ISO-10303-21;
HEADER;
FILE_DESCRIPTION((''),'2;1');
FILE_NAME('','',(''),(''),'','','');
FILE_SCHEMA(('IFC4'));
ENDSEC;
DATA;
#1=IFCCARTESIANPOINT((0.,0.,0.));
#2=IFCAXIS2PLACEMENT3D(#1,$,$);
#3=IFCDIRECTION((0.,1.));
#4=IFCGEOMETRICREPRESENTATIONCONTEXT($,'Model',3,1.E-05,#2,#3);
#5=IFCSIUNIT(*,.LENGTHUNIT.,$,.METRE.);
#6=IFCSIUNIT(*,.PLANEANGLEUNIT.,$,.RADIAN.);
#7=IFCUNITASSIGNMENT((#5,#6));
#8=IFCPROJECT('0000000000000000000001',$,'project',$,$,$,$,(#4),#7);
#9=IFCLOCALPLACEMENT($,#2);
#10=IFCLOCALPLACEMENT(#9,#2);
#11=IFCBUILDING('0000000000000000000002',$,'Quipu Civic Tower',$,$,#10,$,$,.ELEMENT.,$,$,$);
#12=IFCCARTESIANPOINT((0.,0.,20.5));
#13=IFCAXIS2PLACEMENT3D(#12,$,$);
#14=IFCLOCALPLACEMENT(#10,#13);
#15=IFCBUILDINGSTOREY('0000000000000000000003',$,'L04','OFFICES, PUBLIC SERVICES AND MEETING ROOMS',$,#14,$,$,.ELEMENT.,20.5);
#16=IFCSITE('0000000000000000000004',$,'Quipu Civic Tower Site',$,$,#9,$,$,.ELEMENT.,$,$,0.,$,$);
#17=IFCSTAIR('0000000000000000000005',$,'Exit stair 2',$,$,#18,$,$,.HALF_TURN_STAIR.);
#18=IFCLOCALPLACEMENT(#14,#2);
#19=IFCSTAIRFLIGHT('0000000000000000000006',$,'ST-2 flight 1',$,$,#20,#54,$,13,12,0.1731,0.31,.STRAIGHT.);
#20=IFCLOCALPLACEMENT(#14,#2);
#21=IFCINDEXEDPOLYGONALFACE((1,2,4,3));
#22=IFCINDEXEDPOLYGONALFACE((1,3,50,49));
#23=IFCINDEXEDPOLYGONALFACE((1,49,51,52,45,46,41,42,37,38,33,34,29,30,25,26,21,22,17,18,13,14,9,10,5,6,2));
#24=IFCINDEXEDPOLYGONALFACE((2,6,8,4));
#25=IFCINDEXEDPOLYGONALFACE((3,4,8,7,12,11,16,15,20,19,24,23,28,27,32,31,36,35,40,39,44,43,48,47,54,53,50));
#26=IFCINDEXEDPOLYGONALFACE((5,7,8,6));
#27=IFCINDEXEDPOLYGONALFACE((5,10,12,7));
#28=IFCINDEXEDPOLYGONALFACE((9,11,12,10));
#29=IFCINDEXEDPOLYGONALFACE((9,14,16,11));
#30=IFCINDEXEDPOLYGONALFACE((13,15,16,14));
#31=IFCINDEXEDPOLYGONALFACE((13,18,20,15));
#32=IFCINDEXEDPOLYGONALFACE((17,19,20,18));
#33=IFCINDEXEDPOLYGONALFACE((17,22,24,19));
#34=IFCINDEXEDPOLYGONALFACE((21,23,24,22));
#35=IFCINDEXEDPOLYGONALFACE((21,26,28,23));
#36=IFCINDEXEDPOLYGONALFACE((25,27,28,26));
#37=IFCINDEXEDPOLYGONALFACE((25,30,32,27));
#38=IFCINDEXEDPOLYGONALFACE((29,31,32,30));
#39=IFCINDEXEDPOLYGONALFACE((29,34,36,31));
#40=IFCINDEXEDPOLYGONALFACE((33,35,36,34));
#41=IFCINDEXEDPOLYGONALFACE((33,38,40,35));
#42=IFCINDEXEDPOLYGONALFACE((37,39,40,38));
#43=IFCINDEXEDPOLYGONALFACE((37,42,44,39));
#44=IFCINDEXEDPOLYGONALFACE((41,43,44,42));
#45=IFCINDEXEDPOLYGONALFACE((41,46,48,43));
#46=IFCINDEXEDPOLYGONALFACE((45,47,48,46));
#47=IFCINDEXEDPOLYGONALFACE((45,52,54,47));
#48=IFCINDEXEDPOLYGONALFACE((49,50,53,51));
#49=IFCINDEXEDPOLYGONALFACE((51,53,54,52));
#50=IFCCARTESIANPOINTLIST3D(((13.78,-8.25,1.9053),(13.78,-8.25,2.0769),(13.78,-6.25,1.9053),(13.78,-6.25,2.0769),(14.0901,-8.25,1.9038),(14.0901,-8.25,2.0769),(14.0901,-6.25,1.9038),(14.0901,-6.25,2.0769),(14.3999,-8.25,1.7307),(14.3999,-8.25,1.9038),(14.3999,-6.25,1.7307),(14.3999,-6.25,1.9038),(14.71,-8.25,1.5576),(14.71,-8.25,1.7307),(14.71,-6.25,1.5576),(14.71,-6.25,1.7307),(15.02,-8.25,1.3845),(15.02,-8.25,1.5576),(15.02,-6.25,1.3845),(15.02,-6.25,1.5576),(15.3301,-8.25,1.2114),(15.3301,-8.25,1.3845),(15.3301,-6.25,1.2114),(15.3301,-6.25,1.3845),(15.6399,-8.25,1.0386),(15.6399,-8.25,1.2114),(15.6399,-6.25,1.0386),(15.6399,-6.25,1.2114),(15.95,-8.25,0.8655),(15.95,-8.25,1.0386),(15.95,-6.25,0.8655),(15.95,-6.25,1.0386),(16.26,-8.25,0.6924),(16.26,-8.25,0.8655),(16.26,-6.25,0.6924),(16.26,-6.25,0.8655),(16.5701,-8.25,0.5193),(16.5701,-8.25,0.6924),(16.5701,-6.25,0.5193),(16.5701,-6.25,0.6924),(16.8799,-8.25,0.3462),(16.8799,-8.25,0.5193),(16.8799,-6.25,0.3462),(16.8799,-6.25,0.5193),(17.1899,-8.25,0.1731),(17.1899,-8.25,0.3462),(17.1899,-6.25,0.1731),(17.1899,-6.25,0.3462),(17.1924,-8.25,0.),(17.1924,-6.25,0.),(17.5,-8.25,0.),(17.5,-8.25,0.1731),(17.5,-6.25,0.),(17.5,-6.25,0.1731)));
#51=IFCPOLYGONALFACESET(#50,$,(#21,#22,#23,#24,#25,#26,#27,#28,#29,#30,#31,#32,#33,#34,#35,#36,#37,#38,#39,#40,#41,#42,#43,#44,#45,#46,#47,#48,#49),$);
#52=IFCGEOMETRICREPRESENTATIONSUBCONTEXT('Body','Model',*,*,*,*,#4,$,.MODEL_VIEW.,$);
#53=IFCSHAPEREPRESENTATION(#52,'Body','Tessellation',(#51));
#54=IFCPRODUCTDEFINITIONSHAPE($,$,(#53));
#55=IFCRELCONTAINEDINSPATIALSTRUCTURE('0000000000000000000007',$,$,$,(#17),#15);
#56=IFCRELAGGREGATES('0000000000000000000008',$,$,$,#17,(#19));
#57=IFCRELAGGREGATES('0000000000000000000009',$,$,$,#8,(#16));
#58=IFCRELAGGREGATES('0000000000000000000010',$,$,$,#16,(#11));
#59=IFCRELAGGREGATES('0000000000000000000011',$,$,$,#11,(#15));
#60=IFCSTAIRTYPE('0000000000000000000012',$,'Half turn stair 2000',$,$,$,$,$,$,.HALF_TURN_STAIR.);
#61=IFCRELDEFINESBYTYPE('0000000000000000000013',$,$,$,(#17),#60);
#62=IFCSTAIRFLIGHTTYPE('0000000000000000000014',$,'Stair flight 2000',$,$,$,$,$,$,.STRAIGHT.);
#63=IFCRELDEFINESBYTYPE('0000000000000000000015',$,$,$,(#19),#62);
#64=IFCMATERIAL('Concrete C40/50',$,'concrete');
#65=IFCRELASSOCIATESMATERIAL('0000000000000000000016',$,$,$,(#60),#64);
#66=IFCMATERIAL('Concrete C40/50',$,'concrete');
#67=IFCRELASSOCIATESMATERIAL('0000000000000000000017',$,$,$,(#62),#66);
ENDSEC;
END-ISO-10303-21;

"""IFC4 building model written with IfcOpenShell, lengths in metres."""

from ifc_helpers import new_model, si_unit, direction, frame, origin, place, context, subcontext, project, spatial, polyline, outline, extrude, material, type_object, element, aggregate, save


model = new_model("IFC4")

# Units and contexts
model_context = context("Model", 3, precision=1e-05, world=origin(), true_north=direction((0.0, 1.0)))
body_context = subcontext(model_context, "Body", "Model", "MODEL_VIEW")
ifc_project = project(units=[si_unit("LENGTHUNIT", "METRE"), si_unit("PLANEANGLEUNIT", "RADIAN")], contexts=[model_context])

# Site, building, storey
site_placement = place(None, origin())
site = spatial("IfcSite", under=ifc_project, at=site_placement, Name="Quipu Civic Tower Site", CompositionType="ELEMENT", RefElevation=0.0)
building_placement = place(site_placement, origin())
building = spatial("IfcBuilding", under=site, at=building_placement, Name="Quipu Civic Tower", CompositionType="ELEMENT")
storey_placement = place(building_placement, frame((0.0, 0.0, 20.5)))
storey = spatial("IfcBuildingStorey", under=building, at=storey_placement, Name="L04", Description="OFFICES, PUBLIC SERVICES AND MEETING ROOMS", CompositionType="ELEMENT", Elevation=20.5)

# Stair, stair flight
ifc_material_1 = material(Name="Concrete C40/50", Category="concrete")
stair_type = type_object("IfcStairType", Name="Half turn stair 2000", PredefinedType="HALF_TURN_STAIR", material=ifc_material_1)
stair_placement = place(storey_placement, origin())
stair = element("IfcStair", 1, at=stair_placement, inside=storey, type_object=stair_type, Name="Exit stair 2", PredefinedType="HALF_TURN_STAIR")
ifc_material_2 = material(Name="Concrete C40/50", Category="concrete")
stair_flight_type = type_object("IfcStairFlightType", Name="Stair flight 2000", PredefinedType="STRAIGHT", material=ifc_material_2)
stair_flight_placement = place(storey_placement, frame((17.5, -7.25, 0.0), z_axis=(0.0, 0.0, 1.0), x_axis=(-1.0, 0.0, 0.0)))
stair_flight = element("IfcStairFlight", 2, at=stair_flight_placement, type_object=stair_flight_type, Name="ST-2 flight 1", NumberOfRisers=13, NumberOfTreads=12, PredefinedType="STRAIGHT", RiserHeight=0.1731, TreadLength=0.31, context=body_context, shape_type="SweptSolid", body=[
    extrude(outline(polyline([(0.0, 0.0), (0.0, 0.1731), (0.3101, 0.1731), (0.3101, 0.3462), (0.6201, 0.3462), (0.6201, 0.5193), (0.9299, 0.5193), (0.9299, 0.6924), (1.24, 0.6924), (1.24, 0.8655), (1.55, 0.8655), (1.55, 1.0386), (1.8601, 1.0386), (1.8601, 1.2114), (2.1699, 1.2114), (2.1699, 1.3845), (2.48, 1.3845), (2.48, 1.5576), (2.79, 1.5576), (2.79, 1.7307), (3.1001, 1.7307), (3.1001, 1.9038), (3.4099, 1.9038), (3.4099, 2.0769), (3.72, 2.0769), (3.72, 2.25), (3.72, 1.9053), (0.3076, 0.0), (0.0, 0.0)])), frame((0.0, 1.0, 0.0), z_axis=(0.0, -1.0, 0.0), x_axis=(1.0, 0.0, 0.0)), (0.0, 0.0, 1.0), 2.0),
])
aggregate(stair, [stair_flight])

save(model, "model.ifc")
